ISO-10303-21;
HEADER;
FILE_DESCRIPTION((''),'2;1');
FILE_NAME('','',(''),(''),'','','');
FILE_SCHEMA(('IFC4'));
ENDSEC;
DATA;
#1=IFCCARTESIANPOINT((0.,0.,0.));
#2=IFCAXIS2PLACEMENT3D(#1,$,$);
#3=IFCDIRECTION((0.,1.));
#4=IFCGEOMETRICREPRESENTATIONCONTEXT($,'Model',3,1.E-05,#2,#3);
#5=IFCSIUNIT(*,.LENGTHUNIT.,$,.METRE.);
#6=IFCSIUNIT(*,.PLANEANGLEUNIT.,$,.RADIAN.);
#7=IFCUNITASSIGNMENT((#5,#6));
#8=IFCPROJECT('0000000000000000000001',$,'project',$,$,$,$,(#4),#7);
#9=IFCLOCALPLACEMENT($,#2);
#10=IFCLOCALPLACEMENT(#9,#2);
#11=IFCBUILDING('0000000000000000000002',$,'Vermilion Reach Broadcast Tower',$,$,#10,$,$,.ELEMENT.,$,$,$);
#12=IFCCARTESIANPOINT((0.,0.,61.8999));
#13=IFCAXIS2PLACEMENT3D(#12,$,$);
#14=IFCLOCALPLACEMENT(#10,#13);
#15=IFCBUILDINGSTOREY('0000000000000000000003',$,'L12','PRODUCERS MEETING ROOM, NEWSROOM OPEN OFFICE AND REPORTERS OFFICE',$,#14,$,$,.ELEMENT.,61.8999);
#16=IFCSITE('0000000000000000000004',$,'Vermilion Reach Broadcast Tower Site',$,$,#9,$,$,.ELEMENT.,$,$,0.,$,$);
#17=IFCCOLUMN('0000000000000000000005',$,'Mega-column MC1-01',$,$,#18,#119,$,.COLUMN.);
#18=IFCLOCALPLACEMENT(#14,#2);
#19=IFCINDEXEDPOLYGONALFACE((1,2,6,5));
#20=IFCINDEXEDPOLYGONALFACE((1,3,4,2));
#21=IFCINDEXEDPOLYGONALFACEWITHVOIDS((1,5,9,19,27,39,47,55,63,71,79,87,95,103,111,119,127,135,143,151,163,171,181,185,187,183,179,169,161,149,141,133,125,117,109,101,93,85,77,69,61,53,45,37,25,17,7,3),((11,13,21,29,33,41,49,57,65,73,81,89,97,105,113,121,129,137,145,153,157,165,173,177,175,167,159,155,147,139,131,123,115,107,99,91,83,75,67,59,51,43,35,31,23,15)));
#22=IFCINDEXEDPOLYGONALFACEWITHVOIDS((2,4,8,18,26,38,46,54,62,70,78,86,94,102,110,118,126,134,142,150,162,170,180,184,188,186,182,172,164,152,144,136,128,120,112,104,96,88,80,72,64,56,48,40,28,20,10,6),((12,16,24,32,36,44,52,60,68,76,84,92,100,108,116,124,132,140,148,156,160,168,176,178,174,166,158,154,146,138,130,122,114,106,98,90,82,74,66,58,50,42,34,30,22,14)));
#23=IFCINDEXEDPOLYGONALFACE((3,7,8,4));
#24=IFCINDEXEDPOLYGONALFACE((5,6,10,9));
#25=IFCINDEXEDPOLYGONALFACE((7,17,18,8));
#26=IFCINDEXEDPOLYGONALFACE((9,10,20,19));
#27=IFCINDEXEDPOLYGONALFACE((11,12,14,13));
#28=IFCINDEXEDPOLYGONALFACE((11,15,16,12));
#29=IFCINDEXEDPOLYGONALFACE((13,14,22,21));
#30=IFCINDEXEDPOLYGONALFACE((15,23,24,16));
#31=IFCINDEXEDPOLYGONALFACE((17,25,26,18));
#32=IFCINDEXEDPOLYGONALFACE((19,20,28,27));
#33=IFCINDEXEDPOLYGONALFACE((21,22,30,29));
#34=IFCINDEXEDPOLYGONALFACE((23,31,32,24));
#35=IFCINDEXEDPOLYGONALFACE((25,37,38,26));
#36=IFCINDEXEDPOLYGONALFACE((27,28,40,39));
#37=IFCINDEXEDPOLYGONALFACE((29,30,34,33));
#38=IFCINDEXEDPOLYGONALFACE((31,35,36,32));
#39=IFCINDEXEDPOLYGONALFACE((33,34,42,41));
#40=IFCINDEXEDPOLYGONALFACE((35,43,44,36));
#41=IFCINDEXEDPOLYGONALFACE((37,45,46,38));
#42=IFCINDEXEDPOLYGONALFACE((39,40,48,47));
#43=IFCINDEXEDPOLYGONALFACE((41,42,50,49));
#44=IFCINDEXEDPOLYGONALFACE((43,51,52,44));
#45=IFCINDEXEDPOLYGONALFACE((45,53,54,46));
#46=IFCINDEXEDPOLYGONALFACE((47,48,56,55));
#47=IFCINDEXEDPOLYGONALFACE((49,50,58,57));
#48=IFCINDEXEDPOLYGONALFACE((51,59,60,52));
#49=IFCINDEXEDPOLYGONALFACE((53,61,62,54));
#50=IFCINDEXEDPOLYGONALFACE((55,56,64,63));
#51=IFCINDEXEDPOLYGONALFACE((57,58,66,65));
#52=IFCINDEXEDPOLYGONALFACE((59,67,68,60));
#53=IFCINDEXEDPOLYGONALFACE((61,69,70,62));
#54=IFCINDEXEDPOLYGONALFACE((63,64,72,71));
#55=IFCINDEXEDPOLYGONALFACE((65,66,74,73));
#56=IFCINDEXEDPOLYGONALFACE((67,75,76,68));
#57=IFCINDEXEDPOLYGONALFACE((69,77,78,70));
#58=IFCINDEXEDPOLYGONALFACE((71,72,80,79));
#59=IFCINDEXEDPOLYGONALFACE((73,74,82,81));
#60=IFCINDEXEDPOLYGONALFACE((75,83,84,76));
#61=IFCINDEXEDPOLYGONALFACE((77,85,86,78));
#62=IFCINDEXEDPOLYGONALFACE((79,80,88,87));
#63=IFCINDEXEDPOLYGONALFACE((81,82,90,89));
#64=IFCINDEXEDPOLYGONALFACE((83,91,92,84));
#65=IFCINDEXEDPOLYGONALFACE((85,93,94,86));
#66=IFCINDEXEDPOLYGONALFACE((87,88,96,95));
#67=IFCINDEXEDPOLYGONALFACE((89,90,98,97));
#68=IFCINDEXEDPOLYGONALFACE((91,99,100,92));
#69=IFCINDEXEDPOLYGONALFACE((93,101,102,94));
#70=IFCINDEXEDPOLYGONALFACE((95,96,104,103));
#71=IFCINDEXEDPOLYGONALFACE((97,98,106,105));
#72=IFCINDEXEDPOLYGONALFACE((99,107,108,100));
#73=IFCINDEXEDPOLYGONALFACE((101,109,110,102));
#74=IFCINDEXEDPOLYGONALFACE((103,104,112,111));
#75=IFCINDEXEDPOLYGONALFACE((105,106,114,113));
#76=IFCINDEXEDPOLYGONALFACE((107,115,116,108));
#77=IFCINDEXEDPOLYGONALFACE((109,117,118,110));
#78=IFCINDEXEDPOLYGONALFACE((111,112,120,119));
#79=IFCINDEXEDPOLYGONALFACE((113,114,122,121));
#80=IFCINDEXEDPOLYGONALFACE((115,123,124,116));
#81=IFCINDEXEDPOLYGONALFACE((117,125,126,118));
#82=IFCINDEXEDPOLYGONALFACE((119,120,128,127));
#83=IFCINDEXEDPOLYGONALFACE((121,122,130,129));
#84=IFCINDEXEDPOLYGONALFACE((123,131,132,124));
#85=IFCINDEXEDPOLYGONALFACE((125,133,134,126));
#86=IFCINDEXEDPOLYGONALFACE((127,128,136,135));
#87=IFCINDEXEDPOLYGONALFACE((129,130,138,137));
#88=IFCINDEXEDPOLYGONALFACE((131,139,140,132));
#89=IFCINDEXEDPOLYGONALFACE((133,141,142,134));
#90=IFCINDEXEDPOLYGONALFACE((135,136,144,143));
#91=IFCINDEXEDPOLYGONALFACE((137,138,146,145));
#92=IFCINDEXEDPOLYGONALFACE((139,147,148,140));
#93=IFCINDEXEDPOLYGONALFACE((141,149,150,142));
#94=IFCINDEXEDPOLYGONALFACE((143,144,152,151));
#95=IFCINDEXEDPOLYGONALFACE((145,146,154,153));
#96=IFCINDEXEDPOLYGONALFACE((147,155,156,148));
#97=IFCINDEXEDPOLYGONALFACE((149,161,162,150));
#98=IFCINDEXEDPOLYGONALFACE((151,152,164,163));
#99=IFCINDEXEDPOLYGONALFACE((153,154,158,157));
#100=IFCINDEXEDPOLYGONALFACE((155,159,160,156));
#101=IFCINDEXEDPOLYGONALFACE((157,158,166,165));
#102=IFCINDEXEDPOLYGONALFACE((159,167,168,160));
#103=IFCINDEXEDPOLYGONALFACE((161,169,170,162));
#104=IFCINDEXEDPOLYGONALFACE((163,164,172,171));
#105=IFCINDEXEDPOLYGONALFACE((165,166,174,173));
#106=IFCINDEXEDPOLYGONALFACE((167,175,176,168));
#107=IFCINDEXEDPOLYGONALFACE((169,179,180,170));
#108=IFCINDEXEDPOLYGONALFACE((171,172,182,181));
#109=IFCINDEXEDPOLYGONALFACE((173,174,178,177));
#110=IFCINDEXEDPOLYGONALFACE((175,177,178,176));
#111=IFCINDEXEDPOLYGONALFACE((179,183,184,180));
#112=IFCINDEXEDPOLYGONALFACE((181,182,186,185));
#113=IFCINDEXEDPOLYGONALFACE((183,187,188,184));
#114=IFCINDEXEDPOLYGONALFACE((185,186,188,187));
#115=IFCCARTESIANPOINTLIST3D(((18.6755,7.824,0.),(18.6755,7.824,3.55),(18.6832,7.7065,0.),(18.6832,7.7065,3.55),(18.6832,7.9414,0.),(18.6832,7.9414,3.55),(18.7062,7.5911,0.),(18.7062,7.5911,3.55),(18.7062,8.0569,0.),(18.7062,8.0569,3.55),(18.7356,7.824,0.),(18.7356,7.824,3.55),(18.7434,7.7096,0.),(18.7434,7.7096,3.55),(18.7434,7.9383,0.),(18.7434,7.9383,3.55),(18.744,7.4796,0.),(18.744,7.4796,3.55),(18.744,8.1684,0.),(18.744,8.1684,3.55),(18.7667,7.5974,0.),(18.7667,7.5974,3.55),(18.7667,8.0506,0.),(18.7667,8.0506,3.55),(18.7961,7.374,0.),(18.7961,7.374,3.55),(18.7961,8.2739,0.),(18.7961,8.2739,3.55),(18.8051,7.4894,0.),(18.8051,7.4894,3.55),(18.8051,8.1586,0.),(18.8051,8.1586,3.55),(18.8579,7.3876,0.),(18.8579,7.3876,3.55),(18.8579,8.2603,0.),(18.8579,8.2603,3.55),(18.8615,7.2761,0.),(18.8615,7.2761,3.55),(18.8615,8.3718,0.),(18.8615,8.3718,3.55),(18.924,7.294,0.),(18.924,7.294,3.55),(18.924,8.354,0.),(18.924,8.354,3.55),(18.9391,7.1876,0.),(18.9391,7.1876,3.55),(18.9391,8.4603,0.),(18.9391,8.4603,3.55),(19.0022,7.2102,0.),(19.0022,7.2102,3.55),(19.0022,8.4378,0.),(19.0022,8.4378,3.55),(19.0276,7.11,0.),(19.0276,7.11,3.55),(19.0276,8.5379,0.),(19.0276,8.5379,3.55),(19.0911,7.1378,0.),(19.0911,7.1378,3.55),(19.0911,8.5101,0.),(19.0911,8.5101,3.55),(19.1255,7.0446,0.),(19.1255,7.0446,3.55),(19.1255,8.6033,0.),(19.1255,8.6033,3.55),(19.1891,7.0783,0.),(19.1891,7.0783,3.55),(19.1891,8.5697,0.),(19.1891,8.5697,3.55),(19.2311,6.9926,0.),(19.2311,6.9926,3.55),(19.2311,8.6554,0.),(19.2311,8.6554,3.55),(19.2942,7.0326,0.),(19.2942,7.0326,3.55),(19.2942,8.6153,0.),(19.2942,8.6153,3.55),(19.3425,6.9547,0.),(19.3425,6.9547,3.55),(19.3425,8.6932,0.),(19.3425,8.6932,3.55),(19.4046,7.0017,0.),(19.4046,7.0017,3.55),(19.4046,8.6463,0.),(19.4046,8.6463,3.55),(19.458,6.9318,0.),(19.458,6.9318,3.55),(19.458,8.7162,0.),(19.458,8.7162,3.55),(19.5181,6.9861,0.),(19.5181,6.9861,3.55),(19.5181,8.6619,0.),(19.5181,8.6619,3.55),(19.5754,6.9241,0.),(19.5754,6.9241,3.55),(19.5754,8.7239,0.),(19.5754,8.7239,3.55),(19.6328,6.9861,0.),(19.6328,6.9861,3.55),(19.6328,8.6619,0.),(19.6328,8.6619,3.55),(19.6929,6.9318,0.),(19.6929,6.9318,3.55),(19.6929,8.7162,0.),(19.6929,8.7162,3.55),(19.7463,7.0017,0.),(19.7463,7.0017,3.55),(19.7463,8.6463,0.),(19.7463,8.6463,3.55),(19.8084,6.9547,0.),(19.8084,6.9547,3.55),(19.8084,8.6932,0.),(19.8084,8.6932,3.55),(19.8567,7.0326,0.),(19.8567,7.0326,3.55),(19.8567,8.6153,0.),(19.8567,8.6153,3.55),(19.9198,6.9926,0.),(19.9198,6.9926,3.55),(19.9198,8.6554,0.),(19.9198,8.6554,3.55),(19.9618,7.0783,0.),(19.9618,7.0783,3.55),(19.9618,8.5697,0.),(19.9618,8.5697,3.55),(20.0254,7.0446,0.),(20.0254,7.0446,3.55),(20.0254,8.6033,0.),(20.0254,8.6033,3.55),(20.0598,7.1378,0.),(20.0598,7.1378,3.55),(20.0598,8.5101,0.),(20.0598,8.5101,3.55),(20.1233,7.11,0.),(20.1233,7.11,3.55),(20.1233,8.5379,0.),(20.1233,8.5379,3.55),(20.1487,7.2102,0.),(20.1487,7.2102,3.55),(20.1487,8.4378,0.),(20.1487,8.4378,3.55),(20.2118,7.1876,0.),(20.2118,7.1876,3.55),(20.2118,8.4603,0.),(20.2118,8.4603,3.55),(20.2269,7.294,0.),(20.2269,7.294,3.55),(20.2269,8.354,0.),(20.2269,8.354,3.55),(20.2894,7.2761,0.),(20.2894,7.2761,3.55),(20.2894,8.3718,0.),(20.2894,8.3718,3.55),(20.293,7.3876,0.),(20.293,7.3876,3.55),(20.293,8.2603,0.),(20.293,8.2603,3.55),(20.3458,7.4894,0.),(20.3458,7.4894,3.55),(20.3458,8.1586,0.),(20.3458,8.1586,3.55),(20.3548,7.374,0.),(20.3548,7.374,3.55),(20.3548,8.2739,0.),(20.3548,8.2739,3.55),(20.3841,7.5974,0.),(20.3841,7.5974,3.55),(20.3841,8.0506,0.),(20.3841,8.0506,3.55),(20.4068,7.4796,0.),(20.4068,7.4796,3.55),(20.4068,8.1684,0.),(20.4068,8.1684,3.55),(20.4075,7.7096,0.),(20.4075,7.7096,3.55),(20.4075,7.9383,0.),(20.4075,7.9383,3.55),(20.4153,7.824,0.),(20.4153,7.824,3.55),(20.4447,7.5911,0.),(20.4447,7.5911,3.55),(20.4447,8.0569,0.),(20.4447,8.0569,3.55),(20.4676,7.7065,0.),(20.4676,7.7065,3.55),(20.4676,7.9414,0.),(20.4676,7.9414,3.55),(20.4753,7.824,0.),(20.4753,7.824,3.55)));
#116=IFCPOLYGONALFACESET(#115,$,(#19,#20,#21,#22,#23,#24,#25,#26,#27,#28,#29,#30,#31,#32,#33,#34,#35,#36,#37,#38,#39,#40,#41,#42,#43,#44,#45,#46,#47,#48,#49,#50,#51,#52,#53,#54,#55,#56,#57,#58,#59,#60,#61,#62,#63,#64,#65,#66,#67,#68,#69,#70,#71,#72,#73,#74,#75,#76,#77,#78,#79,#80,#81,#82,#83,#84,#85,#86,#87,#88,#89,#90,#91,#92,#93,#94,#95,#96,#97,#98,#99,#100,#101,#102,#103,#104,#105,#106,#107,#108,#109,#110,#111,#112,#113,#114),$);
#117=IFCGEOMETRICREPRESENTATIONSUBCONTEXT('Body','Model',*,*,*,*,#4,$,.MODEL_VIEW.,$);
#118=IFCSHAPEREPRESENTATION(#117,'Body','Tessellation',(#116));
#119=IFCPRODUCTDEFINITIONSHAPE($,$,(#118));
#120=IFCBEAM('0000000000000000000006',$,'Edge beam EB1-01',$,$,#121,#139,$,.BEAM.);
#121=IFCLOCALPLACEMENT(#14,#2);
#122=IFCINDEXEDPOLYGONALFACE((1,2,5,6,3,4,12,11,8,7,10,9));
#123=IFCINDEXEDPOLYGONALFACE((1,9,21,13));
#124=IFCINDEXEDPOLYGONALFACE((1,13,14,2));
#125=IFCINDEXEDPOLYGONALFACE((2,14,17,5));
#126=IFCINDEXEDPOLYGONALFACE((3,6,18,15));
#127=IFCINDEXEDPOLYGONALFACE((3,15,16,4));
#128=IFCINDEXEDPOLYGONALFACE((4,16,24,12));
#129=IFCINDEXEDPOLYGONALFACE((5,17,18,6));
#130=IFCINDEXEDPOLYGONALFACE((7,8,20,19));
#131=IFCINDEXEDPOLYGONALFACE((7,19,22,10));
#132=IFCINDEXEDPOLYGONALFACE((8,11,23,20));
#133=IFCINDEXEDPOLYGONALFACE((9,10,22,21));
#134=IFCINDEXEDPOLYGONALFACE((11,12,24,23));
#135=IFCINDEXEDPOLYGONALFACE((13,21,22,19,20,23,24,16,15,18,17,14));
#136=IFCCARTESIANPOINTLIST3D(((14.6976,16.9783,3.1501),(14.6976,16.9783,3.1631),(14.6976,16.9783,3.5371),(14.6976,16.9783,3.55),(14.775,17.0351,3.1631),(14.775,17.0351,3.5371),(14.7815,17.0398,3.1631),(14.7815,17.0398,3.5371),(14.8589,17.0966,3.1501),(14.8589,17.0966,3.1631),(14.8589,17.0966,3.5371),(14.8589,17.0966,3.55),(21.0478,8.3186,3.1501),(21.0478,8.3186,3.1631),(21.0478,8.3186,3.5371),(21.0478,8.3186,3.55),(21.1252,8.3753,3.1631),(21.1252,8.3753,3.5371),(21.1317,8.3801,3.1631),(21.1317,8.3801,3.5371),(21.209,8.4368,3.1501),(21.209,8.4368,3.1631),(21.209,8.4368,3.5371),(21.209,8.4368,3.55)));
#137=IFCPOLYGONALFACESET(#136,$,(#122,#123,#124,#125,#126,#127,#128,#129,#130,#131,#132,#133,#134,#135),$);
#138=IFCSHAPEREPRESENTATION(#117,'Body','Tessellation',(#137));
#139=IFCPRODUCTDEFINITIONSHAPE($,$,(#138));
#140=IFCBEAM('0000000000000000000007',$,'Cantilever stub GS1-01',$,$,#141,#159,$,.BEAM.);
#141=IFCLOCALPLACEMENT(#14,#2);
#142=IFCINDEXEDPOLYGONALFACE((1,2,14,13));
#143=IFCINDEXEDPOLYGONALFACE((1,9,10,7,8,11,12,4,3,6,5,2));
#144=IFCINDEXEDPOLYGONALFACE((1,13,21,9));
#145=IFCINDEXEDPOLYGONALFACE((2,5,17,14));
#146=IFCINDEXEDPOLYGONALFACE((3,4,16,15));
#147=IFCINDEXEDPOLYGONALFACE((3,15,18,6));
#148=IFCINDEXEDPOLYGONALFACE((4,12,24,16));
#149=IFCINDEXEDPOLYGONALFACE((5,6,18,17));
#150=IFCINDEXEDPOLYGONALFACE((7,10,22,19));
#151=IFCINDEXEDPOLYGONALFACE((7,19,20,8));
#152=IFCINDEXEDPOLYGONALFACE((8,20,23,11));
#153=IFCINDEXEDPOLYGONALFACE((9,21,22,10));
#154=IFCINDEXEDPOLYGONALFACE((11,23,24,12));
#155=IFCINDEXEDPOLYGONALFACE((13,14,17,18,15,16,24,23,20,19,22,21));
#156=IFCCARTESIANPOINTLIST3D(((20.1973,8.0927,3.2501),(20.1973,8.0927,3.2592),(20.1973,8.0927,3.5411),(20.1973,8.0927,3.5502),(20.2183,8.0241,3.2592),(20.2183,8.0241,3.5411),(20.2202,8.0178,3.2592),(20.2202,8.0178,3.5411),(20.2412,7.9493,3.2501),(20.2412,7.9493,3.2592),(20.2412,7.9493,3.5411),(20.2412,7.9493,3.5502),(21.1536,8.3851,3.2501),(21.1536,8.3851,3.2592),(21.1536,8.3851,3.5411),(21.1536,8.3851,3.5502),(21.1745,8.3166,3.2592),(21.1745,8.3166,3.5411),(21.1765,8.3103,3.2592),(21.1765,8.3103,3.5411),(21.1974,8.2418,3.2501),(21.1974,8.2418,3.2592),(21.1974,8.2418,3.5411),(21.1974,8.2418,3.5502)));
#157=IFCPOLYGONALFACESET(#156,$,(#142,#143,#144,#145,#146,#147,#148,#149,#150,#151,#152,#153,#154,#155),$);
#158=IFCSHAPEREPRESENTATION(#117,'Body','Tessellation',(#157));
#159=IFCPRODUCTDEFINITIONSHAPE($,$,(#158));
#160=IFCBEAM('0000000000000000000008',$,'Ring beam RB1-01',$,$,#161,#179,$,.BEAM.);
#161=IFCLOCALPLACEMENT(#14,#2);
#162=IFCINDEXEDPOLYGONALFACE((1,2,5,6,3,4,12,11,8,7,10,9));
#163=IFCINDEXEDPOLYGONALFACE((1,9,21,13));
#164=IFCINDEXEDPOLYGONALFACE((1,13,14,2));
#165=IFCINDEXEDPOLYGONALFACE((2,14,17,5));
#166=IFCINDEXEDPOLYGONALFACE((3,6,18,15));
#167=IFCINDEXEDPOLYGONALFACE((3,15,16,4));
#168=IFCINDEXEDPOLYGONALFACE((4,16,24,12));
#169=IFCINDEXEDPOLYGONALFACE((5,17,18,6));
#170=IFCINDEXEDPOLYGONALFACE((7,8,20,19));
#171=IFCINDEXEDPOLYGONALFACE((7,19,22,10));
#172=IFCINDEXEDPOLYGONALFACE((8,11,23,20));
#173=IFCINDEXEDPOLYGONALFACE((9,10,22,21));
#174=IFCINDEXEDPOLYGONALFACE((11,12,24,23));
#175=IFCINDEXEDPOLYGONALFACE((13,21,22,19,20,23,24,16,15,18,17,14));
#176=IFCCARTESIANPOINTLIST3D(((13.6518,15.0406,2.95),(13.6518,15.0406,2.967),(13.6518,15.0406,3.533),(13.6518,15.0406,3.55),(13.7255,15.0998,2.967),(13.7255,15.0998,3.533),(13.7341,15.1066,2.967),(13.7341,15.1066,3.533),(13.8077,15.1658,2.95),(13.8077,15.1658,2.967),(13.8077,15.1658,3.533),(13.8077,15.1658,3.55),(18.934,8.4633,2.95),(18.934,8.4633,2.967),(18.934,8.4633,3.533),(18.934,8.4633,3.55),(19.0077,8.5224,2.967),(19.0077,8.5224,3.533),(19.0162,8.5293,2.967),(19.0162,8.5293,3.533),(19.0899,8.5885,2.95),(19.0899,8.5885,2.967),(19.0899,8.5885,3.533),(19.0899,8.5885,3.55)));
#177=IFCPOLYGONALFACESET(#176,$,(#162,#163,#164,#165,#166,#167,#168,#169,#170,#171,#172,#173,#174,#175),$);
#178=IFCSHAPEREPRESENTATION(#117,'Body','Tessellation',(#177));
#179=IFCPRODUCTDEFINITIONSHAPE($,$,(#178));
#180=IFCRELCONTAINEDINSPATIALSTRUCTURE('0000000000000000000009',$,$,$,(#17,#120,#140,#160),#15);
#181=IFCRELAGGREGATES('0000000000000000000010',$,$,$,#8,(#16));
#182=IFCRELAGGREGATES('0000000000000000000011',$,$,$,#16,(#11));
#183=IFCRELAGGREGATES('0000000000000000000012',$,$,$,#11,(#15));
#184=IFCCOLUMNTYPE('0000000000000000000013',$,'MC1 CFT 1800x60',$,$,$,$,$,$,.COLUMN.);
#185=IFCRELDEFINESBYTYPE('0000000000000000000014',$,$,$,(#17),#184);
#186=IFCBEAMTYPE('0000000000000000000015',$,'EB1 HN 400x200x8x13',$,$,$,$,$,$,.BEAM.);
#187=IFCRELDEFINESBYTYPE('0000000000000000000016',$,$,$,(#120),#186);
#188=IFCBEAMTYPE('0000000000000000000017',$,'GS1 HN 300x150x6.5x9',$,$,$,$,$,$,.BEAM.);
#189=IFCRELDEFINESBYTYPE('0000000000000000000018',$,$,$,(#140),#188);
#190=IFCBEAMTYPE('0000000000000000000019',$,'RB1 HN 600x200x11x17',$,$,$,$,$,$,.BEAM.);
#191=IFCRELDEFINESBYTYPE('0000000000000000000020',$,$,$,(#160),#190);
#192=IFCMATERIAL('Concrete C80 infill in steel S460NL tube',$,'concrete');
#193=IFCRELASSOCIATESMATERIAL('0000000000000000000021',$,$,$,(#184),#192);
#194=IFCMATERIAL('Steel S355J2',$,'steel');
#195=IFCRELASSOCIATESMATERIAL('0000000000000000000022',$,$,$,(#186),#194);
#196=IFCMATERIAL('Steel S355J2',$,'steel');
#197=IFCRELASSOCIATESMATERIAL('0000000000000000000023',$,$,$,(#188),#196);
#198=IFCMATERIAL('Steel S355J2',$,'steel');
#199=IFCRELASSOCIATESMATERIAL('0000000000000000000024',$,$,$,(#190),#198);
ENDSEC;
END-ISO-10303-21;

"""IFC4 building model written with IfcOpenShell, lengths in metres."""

from ifc_helpers import new_model, si_unit, direction, frame, origin, origin_2d, place, context, subcontext, project, spatial, hollow_circle, i_section, extrude, material, material_profile, profile_set, type_object, element, save


model = new_model("IFC4")

# Units and contexts
model_context = context("Model", 3, precision=1e-05, world=origin(), true_north=direction((0.0, 1.0)))
body_context = subcontext(model_context, "Body", "Model", "MODEL_VIEW")
ifc_project = project(units=[si_unit("LENGTHUNIT", "METRE"), si_unit("PLANEANGLEUNIT", "RADIAN")], contexts=[model_context])

# Site, building, storey
site_placement = place(None, origin())
site = spatial("IfcSite", under=ifc_project, at=site_placement, Name="Vermilion Reach Broadcast Tower Site", CompositionType="ELEMENT", RefElevation=0.0)
building_placement = place(site_placement, origin())
building = spatial("IfcBuilding", under=site, at=building_placement, Name="Vermilion Reach Broadcast Tower", CompositionType="ELEMENT")
storey_placement = place(building_placement, frame((0.0, 0.0, 61.8999)))
storey = spatial("IfcBuildingStorey", under=building, at=storey_placement, Name="L12", Description="PRODUCERS MEETING ROOM, NEWSROOM OPEN OFFICE AND REPORTERS OFFICE", CompositionType="ELEMENT", Elevation=61.8999)

# Column
ifc_material_1 = material(Name="Concrete C80 infill in steel S460NL tube", Category="concrete")
ifc_material_profile_1 = material_profile(ifc_material_1, hollow_circle(Radius=0.8999, WallThickness=0.0601, at=origin_2d()), Name="Concrete C80 infill in steel S460NL tube CFT 1800x60")
ifc_profile_set_1 = profile_set([ifc_material_profile_1], Name="Concrete C80 infill in steel S460NL tube")
column_type = type_object("IfcColumnType", Name="MC1 CFT 1800x60", PredefinedType="COLUMN", material=ifc_profile_set_1)
column_placement = place(storey_placement, frame((19.5754, 7.824, 0.0), z_axis=(0.0, 0.0, 1.0), x_axis=(1.0, 0.0, 0.0)))
element("IfcColumn", 1, at=column_placement, inside=storey, type_object=column_type, Name="Mega-column MC1-01", PredefinedType="COLUMN", context=body_context, shape_type="SweptSolid", body=[
    extrude(hollow_circle(Radius=0.8999, WallThickness=0.0601, at=origin_2d()), origin(), (0.0, 0.0, 1.0), 3.55),
])

# Beams
ifc_material_2 = material(Name="Steel S355J2", Category="steel")
ifc_material_profile_2 = material_profile(ifc_material_2, i_section(OverallWidth=0.2, OverallDepth=0.3999, WebThickness=0.0081, FlangeThickness=0.0129, at=origin_2d()), Name="S355J2 HN 400x200x8x13")
ifc_profile_set_2 = profile_set([ifc_material_profile_2], Name="Steel S355J2")
beam_type_1 = type_object("IfcBeamType", Name="EB1 HN 400x200x8x13", PredefinedType="BEAM", material=ifc_profile_set_2)
beam_1_placement = place(storey_placement, frame((21.1284, 8.3777, 3.3501), z_axis=(-0.591344, 0.806419, 0.0), x_axis=(-0.806419, -0.591344, 0.0)))
element("IfcBeam", 2, at=beam_1_placement, inside=storey, type_object=beam_type_1, Name="Edge beam EB1-01", PredefinedType="BEAM", context=body_context, shape_type="SweptSolid", body=[
    extrude(i_section(OverallWidth=0.2, OverallDepth=0.3999, WebThickness=0.0081, FlangeThickness=0.0129, at=origin_2d()), origin(), (0.0, 0.0, 1.0), 10.7385),
])
ifc_material_3 = material(Name="Steel S355J2", Category="steel")
ifc_material_profile_3 = material_profile(ifc_material_3, i_section(OverallWidth=0.1499, OverallDepth=0.3, WebThickness=0.0066, FlangeThickness=0.009, at=origin_2d()), Name="S355J2 HN 300x150x6.5x9")
ifc_profile_set_3 = profile_set([ifc_material_profile_3], Name="Steel S355J2")
beam_type_2 = type_object("IfcBeamType", Name="GS1 HN 300x150x6.5x9", PredefinedType="BEAM", material=ifc_profile_set_3)
beam_2_placement = place(storey_placement, frame((20.2192, 8.021, 3.4001), z_axis=(0.956274, 0.292473, 0.0), x_axis=(-0.292473, 0.956274, 0.0)))
element("IfcBeam", 3, at=beam_2_placement, inside=storey, type_object=beam_type_2, Name="Cantilever stub GS1-01", PredefinedType="BEAM", context=body_context, shape_type="SweptSolid", body=[
    extrude(i_section(OverallWidth=0.1499, OverallDepth=0.3, WebThickness=0.0066, FlangeThickness=0.009, at=origin_2d()), origin(), (0.0, 0.0, 1.0), 1.0),
])
ifc_material_4 = material(Name="Steel S355J2", Category="steel")
ifc_material_profile_4 = material_profile(ifc_material_4, i_section(OverallWidth=0.2, OverallDepth=0.6001, WebThickness=0.011, FlangeThickness=0.0171, at=origin_2d()), Name="S355J2 HN 600x200x11x17")
ifc_profile_set_4 = profile_set([ifc_material_profile_4], Name="Steel S355J2")
beam_type_3 = type_object("IfcBeamType", Name="RB1 HN 600x200x11x17", PredefinedType="BEAM", material=ifc_profile_set_4)
beam_3_placement = place(storey_placement, frame((19.012, 8.5259, 3.25), z_axis=(-0.626162, 0.779693, 0.0), x_axis=(-0.779693, -0.626162, 0.0)))
element("IfcBeam", 4, at=beam_3_placement, inside=storey, type_object=beam_type_3, Name="Ring beam RB1-01", PredefinedType="BEAM", context=body_context, shape_type="SweptSolid", body=[
    extrude(i_section(OverallWidth=0.2, OverallDepth=0.6001, WebThickness=0.011, FlangeThickness=0.0171, at=origin_2d()), origin(), (0.0, 0.0, 1.0), 8.4358),
])

save(model, "model.ifc")
